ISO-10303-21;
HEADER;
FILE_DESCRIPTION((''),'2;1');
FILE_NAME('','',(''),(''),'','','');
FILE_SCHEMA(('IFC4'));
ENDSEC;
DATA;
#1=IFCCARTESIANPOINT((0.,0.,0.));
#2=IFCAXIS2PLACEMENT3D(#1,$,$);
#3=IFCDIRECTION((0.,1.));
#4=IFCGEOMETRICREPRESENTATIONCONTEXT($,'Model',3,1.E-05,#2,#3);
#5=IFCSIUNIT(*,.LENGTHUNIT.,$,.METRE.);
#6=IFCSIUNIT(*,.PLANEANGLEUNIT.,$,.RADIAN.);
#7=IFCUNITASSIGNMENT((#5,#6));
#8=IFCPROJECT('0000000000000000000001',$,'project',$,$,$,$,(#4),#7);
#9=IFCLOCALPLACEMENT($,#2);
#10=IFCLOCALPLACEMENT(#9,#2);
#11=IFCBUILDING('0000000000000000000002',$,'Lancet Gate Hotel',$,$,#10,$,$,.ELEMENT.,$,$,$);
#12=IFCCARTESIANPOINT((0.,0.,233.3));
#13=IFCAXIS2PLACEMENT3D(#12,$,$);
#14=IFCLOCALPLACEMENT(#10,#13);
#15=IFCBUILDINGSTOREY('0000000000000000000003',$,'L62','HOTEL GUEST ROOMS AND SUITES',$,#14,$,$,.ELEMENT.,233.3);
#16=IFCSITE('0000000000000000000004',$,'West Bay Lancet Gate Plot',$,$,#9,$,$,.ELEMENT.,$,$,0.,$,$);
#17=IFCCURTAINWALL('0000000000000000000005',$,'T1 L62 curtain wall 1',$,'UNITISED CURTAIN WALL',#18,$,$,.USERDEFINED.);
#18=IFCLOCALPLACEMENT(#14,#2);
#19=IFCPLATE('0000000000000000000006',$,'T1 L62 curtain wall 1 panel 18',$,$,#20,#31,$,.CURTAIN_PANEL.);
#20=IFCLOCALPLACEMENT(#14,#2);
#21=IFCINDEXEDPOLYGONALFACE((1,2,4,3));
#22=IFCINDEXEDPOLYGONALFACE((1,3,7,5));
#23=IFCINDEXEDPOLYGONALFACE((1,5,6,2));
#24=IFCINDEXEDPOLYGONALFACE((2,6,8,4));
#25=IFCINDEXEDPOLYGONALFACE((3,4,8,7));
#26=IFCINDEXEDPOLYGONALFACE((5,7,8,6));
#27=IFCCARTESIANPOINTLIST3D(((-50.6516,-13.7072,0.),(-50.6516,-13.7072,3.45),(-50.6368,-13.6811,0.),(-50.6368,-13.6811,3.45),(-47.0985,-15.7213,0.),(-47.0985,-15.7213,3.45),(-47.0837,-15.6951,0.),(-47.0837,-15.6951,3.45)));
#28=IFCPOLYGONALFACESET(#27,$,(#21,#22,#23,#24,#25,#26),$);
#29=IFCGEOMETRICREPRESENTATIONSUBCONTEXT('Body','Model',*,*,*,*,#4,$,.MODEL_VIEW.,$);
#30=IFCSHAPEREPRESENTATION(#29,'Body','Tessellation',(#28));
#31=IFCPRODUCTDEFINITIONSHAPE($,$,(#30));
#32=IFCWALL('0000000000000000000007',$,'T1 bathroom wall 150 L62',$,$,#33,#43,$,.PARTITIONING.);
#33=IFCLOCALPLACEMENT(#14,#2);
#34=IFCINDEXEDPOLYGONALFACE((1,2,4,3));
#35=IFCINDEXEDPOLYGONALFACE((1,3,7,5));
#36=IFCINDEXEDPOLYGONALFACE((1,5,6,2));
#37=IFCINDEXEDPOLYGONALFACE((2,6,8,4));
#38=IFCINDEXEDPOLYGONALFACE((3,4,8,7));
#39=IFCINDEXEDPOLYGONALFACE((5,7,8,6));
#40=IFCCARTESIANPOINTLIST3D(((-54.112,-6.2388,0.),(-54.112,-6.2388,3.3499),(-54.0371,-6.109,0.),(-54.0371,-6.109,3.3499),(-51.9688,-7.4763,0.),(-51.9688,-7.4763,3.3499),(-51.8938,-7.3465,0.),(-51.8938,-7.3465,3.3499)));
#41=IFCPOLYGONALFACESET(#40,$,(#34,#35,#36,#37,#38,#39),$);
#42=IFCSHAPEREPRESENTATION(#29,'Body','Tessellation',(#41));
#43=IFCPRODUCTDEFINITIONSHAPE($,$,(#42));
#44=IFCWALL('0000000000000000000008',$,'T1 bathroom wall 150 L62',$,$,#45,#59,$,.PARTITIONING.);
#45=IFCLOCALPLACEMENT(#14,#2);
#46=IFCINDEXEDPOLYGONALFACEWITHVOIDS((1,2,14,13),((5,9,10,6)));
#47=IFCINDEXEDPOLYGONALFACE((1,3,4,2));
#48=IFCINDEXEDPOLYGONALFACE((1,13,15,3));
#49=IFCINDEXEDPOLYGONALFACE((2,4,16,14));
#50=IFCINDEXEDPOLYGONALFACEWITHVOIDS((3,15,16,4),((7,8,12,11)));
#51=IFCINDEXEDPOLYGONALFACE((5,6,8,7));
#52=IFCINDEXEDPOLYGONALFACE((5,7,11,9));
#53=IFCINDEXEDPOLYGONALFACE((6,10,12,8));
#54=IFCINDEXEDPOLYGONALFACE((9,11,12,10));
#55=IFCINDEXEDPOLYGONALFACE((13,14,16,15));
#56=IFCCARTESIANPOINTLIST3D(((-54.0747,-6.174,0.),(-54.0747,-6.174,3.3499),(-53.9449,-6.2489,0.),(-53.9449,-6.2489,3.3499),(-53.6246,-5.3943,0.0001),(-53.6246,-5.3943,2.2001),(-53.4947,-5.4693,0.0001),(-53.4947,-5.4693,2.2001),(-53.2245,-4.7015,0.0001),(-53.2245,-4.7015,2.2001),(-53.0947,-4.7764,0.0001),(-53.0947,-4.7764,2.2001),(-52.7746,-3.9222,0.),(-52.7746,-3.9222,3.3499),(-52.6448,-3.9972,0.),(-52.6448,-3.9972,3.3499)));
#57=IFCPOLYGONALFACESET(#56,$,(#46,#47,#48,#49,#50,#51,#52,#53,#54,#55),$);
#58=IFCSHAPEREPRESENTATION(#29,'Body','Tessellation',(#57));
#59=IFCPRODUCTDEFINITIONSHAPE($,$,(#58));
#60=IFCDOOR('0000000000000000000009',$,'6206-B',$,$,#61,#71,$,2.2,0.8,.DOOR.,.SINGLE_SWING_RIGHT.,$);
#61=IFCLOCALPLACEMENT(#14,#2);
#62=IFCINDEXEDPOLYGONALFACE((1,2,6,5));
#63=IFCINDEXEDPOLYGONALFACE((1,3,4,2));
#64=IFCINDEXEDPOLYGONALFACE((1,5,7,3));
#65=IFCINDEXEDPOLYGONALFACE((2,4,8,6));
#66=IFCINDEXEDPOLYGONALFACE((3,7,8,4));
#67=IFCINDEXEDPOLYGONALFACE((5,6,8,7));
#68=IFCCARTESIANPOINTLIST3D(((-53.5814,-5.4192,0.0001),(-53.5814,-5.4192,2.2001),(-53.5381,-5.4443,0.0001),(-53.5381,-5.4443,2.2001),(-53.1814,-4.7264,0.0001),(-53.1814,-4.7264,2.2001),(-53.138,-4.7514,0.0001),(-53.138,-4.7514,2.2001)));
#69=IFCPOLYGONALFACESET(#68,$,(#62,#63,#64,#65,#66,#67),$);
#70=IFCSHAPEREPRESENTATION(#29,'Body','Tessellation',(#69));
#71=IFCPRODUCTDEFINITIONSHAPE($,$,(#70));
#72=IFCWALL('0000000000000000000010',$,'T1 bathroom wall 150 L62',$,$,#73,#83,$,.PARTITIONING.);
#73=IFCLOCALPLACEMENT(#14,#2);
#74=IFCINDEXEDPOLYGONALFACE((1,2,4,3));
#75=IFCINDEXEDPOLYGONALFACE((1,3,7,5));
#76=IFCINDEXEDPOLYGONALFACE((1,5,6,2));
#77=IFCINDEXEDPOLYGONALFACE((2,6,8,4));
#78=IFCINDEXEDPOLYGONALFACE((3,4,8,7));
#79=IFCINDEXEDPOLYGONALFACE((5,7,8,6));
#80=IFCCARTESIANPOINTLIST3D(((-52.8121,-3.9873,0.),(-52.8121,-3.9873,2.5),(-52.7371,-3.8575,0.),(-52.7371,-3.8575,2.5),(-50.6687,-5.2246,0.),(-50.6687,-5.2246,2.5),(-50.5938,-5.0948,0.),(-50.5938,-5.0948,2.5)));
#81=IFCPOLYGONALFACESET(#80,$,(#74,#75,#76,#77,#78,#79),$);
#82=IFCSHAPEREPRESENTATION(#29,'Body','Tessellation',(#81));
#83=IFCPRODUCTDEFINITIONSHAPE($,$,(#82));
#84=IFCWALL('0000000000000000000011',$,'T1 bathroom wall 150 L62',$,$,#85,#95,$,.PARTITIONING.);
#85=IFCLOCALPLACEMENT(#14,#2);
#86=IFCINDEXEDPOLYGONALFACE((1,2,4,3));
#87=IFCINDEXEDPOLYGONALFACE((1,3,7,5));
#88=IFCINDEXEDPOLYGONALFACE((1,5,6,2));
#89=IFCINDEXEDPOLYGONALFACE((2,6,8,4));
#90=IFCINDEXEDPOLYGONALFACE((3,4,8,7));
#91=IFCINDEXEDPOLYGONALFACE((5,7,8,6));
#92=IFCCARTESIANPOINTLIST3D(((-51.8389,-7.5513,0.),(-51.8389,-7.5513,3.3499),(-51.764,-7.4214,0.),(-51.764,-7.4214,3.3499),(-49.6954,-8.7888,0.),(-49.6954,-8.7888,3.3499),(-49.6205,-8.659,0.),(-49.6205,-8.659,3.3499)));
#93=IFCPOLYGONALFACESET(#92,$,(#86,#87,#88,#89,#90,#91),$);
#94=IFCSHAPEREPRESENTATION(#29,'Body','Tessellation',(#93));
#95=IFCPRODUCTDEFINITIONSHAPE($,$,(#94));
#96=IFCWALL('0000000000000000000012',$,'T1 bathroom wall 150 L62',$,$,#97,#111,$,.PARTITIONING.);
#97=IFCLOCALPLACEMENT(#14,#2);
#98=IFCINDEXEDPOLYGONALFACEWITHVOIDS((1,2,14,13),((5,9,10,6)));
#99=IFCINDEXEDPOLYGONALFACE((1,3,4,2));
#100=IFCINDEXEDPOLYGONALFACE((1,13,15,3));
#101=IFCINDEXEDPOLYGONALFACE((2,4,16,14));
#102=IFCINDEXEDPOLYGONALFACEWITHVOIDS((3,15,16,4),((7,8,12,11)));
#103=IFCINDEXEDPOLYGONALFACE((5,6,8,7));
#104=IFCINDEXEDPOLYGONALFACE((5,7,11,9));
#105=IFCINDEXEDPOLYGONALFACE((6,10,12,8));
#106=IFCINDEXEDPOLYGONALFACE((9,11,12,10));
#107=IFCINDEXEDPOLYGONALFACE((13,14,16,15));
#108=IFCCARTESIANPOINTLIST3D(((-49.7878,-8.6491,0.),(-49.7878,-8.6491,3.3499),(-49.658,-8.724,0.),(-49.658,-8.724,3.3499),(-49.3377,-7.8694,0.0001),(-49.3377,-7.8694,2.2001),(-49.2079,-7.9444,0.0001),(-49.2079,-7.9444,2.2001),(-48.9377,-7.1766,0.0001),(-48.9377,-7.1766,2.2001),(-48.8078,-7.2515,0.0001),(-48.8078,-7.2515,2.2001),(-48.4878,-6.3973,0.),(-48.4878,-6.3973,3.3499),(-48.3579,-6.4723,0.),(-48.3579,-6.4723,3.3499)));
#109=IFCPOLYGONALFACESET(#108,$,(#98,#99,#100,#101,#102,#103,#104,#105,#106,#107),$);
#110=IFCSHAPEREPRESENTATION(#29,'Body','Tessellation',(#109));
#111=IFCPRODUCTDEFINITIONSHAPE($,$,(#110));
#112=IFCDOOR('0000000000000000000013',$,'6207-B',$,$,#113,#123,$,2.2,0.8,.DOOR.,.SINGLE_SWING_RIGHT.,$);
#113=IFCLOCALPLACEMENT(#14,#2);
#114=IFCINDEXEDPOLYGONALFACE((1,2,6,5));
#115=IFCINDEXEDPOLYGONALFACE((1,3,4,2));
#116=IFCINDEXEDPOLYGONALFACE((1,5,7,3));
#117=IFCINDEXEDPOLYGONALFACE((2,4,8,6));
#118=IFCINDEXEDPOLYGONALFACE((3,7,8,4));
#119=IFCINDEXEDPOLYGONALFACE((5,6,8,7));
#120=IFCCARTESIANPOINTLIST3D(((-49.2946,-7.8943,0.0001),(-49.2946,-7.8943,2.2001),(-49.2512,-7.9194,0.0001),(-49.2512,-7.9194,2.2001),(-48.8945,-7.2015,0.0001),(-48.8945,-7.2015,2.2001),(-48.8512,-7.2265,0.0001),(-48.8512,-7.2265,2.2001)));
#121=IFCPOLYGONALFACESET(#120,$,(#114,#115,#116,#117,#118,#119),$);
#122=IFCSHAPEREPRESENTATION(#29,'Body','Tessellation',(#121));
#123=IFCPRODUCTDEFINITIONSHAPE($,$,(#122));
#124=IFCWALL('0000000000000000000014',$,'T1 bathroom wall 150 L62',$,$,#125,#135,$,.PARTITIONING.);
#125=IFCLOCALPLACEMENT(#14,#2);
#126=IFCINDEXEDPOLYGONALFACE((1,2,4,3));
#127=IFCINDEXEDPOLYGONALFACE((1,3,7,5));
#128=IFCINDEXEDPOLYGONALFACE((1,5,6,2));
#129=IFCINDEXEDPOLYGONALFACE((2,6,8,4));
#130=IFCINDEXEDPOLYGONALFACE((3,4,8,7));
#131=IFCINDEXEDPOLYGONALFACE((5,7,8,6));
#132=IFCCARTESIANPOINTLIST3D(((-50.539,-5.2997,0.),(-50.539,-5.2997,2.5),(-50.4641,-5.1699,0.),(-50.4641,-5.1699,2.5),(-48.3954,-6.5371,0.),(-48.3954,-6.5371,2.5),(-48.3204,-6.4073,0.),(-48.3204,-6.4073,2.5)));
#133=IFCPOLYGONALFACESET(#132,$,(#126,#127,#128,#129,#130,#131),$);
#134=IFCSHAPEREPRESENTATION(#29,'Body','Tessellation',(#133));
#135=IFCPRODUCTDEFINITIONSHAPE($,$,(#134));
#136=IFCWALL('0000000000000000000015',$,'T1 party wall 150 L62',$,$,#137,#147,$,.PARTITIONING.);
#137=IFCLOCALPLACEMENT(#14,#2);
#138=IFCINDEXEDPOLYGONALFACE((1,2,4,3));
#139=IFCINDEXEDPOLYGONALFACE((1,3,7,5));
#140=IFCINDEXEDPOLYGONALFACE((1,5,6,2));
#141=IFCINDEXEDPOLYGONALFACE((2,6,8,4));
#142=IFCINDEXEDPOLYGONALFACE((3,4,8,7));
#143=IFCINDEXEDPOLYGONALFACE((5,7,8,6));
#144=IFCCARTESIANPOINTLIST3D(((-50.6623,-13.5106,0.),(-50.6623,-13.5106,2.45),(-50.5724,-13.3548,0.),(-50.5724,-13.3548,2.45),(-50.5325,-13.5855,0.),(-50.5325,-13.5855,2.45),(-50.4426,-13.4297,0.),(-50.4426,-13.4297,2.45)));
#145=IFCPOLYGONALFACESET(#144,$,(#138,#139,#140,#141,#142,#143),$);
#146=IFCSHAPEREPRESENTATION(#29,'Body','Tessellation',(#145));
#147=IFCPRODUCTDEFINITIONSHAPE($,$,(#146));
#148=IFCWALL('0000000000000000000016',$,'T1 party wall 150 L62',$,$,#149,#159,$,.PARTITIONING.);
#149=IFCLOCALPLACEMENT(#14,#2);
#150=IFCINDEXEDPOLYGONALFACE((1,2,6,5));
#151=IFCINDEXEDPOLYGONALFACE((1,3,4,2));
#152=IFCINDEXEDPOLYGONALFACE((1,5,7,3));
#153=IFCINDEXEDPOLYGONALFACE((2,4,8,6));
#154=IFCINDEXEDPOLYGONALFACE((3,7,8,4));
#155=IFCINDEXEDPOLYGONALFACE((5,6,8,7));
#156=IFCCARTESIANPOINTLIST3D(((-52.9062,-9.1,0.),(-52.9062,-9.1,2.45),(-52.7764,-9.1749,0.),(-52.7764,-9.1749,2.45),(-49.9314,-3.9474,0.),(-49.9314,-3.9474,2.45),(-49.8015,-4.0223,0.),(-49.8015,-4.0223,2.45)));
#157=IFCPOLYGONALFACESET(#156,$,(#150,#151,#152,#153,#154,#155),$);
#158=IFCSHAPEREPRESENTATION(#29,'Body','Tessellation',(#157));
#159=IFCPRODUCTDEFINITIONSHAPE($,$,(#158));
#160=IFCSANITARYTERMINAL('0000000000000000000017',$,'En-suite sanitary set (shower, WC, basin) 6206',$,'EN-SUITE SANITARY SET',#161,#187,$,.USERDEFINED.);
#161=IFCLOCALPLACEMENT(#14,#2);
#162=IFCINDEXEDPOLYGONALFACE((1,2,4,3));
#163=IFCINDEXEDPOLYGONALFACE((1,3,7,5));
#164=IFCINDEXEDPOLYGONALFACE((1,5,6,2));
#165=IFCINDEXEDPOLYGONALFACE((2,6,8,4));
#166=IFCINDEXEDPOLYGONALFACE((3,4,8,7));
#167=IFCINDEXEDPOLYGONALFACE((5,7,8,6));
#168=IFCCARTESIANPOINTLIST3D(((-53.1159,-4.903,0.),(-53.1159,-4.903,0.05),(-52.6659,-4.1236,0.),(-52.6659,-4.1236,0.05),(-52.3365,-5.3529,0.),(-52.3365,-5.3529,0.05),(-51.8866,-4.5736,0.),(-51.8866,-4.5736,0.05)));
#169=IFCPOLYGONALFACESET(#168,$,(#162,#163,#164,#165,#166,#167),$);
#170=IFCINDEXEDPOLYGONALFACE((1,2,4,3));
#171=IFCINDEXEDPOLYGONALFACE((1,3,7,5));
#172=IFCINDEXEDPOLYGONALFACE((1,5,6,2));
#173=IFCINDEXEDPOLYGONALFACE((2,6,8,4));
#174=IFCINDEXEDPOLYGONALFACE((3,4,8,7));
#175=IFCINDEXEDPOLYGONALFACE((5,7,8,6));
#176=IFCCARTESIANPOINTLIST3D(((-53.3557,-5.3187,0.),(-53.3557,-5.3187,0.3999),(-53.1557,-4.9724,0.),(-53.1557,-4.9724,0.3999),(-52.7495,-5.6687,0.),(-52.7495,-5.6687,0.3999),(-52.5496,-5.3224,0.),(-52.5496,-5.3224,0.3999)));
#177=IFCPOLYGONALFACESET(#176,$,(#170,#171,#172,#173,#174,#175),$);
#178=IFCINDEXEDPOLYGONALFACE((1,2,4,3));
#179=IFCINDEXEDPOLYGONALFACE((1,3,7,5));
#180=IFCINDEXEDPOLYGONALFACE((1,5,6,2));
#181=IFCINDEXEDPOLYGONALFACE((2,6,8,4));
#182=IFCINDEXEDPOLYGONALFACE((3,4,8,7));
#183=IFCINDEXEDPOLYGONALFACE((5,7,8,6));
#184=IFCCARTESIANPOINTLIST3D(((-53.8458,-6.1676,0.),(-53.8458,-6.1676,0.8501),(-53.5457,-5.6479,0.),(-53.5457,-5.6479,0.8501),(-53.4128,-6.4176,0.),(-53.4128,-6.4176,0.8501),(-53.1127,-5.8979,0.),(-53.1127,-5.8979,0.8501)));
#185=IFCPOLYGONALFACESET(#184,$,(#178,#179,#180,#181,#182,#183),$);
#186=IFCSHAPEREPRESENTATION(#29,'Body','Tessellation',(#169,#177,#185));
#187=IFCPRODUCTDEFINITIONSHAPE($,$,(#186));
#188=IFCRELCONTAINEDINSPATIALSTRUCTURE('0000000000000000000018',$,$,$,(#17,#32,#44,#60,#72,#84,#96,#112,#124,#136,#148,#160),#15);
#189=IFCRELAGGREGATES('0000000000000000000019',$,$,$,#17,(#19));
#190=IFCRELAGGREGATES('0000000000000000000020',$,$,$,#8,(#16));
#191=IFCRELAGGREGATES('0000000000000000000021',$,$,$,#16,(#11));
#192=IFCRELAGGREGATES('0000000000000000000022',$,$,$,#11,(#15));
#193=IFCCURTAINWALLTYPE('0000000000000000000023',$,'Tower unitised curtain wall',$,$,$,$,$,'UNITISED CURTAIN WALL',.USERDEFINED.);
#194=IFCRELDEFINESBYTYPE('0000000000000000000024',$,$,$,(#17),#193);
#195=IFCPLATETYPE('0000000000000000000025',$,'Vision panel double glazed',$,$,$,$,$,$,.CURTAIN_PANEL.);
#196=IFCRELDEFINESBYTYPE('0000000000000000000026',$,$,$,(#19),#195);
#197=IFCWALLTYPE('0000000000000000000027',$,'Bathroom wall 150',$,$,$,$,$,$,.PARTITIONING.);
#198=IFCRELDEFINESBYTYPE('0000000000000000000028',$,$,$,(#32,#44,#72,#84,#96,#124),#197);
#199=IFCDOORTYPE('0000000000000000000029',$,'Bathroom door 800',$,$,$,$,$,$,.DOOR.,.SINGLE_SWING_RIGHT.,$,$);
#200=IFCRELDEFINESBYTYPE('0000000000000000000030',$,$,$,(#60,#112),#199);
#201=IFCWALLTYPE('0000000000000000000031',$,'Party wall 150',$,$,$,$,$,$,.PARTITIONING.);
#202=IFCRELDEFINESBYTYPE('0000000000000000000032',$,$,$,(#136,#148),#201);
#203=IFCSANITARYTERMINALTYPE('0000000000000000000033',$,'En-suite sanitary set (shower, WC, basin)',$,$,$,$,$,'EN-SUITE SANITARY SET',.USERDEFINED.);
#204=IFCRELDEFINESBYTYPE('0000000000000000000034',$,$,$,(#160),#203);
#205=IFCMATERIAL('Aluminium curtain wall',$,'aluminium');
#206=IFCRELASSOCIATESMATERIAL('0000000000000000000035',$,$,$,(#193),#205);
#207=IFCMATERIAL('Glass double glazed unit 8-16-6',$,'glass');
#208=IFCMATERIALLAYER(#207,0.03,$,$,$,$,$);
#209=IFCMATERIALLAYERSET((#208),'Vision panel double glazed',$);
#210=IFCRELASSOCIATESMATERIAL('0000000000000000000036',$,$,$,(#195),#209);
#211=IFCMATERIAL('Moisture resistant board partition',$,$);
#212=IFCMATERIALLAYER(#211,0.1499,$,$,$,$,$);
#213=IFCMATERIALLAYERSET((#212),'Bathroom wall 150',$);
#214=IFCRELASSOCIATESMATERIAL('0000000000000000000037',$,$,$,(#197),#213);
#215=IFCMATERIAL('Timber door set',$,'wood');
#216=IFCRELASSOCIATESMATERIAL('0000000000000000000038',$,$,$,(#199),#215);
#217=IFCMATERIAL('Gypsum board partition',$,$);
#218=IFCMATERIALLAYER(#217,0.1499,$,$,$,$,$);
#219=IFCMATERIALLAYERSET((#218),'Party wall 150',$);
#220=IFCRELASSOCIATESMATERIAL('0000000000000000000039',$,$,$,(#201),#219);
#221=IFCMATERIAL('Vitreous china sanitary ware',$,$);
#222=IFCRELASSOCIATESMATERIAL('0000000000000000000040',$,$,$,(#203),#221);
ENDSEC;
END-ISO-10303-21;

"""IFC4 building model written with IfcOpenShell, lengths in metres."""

from ifc_helpers import new_model, si_unit, direction, frame, frame_2d, origin, origin_2d, place, context, subcontext, project, spatial, rectangle, extrude, material, layer, layer_set, type_object, element, fill, aggregate, save


model = new_model("IFC4")

# Units and contexts
model_context = context("Model", 3, precision=1e-05, world=origin(), true_north=direction((0.0, 1.0)))
body_context = subcontext(model_context, "Body", "Model", "MODEL_VIEW")
ifc_project = project(units=[si_unit("LENGTHUNIT", "METRE"), si_unit("PLANEANGLEUNIT", "RADIAN")], contexts=[model_context])

# Site, building, storey
site_placement = place(None, origin())
site = spatial("IfcSite", under=ifc_project, at=site_placement, Name="West Bay Lancet Gate Plot", CompositionType="ELEMENT", RefElevation=0.0)
building_placement = place(site_placement, origin())
building = spatial("IfcBuilding", under=site, at=building_placement, Name="Lancet Gate Hotel", CompositionType="ELEMENT")
storey_placement = place(building_placement, frame((0.0, 0.0, 233.3)))
storey = spatial("IfcBuildingStorey", under=building, at=storey_placement, Name="L62", Description="HOTEL GUEST ROOMS AND SUITES", CompositionType="ELEMENT", Elevation=233.3)

# Curtain wall
ifc_material_1 = material(Name="Aluminium curtain wall", Category="aluminium")
curtain_wall_type = type_object("IfcCurtainWallType", Name="Tower unitised curtain wall", ElementType="UNITISED CURTAIN WALL", PredefinedType="USERDEFINED", material=ifc_material_1)
curtain_wall_placement = place(storey_placement, origin())
curtain_wall = element("IfcCurtainWall", 1, at=curtain_wall_placement, inside=storey, type_object=curtain_wall_type, Name="T1 L62 curtain wall 1", ObjectType="UNITISED CURTAIN WALL", PredefinedType="USERDEFINED")

# Plate
ifc_material_2 = material(Name="Glass double glazed unit 8-16-6", Category="glass")
ifc_layer_1 = layer(ifc_material_2, 0.03)
ifc_layer_set_1 = layer_set([ifc_layer_1], Name="Vision panel double glazed")
plate_type = type_object("IfcPlateType", Name="Vision panel double glazed", PredefinedType="CURTAIN_PANEL", material=ifc_layer_set_1)
plate_1_placement = place(storey_placement, frame((-48.8677, -14.7012, 0.0), z_axis=(0.0, 0.0, 1.0), x_axis=(0.869958, -0.493126, 0.0)))
plate_1 = element("IfcPlate", 2, at=plate_1_placement, type_object=plate_type, Name="T1 L62 curtain wall 1 panel 18", PredefinedType="CURTAIN_PANEL", context=body_context, shape_type="SweptSolid", body=[
    extrude(rectangle(XDim=4.0842, YDim=0.03, at=origin_2d()), origin(), (0.0, 0.0, 1.0), 3.45),
])
aggregate(curtain_wall, [plate_1])

# Wall
ifc_material_3 = material(Name="Moisture resistant board partition")
ifc_layer_2 = layer(ifc_material_3, 0.1499)
ifc_layer_set_2 = layer_set([ifc_layer_2], Name="Bathroom wall 150")
wall_type_1 = type_object("IfcWallType", Name="Bathroom wall 150", PredefinedType="PARTITIONING", material=ifc_layer_set_2)
wall_1_placement = place(storey_placement, frame((-51.9314, -7.4114, 0.0), z_axis=(0.0, 0.0, 1.0), x_axis=(-0.866007, 0.500033, 0.0)))
element("IfcWall", 3, at=wall_1_placement, inside=storey, type_object=wall_type_1, Name="T1 bathroom wall 150 L62", PredefinedType="PARTITIONING", context=body_context, shape_type="SweptSolid", body=[
    extrude(rectangle(XDim=2.4749, YDim=0.1499, at=frame_2d((1.2373, 0.0))), origin(), (0.0, 0.0, 1.0), 3.3499),
])

# Wall, opening, door
wall_2_placement = place(storey_placement, frame((-52.7097, -3.9597, 0.0), z_axis=(0.0, 0.0, 1.0), x_axis=(-0.500007, -0.866021, 0.0)))
wall_2 = element("IfcWall", 4, at=wall_2_placement, inside=storey, type_object=wall_type_1, Name="T1 bathroom wall 150 L62", PredefinedType="PARTITIONING", context=body_context, shape_type="SweptSolid", body=[
    extrude(rectangle(XDim=2.6001, YDim=0.1499, at=frame_2d((1.3, 0.0))), origin(), (0.0, 0.0, 1.0), 3.3499),
])
opening_1_placement = place(wall_2_placement, frame((0.8999, 0.0, 0.0)))
opening_1 = element("IfcOpeningElement", 5, at=opening_1_placement, cuts=wall_2, PredefinedType="OPENING", context=body_context, shape_type="SweptSolid", body=[
    extrude(rectangle(XDim=0.8, YDim=2.2, at=frame_2d((0.3999, 1.1001))), frame((0.0, 0.085, 0.0), z_axis=(0.0, -1.0, 0.0), x_axis=(1.0, 0.0, 0.0)), (0.0, 0.0, 1.0), 0.1699),
])
ifc_material_4 = material(Name="Timber door set", Category="wood")
door_type = type_object("IfcDoorType", Name="Bathroom door 800", OperationType="SINGLE_SWING_RIGHT", PredefinedType="DOOR", material=ifc_material_4)
door_1_placement = place(opening_1_placement, origin())
door_1 = element("IfcDoor", 6, at=door_1_placement, inside=storey, type_object=door_type, Name="6206-B", OperationType="SINGLE_SWING_RIGHT", OverallHeight=2.2, OverallWidth=0.8, PredefinedType="DOOR", context=body_context, shape_type="SweptSolid", body=[
    extrude(rectangle(XDim=0.8, YDim=2.2, at=frame_2d((0.3999, 1.1001))), frame((0.0, 0.0249, 0.0), z_axis=(0.0, -1.0, 0.0), x_axis=(1.0, 0.0, 0.0)), (0.0, 0.0, 1.0), 0.05),
])
fill(opening_1, door_1)

# Walls
wall_3_placement = place(storey_placement, frame((-50.6313, -5.1597, 0.0), z_axis=(0.0, 0.0, 1.0), x_axis=(-0.866049, 0.499959, 0.0)))
element("IfcWall", 7, at=wall_3_placement, inside=storey, type_object=wall_type_1, Name="T1 bathroom wall 150 L62", PredefinedType="PARTITIONING", context=body_context, shape_type="SweptSolid", body=[
    extrude(rectangle(XDim=2.4749, YDim=0.1499, at=frame_2d((1.2373, 0.0))), origin(), (0.0, 0.0, 1.0), 2.5),
])
wall_4_placement = place(storey_placement, frame((-49.658, -8.7239, 0.0), z_axis=(0.0, 0.0, 1.0), x_axis=(-0.866031, 0.49999, 0.0)))
element("IfcWall", 8, at=wall_4_placement, inside=storey, type_object=wall_type_1, Name="T1 bathroom wall 150 L62", PredefinedType="PARTITIONING", context=body_context, shape_type="SweptSolid", body=[
    extrude(rectangle(XDim=2.4751, YDim=0.1499, at=frame_2d((1.2375, 0.0))), origin(), (0.0, 0.0, 1.0), 3.3499),
])

# Wall, opening, door
wall_5_placement = place(storey_placement, frame((-48.4229, -6.4348, 0.0), z_axis=(0.0, 0.0, 1.0), x_axis=(-0.500007, -0.866021, 0.0)))
wall_5 = element("IfcWall", 9, at=wall_5_placement, inside=storey, type_object=wall_type_1, Name="T1 bathroom wall 150 L62", PredefinedType="PARTITIONING", context=body_context, shape_type="SweptSolid", body=[
    extrude(rectangle(XDim=2.6001, YDim=0.1499, at=frame_2d((1.3, 0.0))), origin(), (0.0, 0.0, 1.0), 3.3499),
])
opening_2_placement = place(wall_5_placement, frame((0.8999, 0.0, 0.0)))
opening_2 = element("IfcOpeningElement", 10, at=opening_2_placement, cuts=wall_5, PredefinedType="OPENING", context=body_context, shape_type="SweptSolid", body=[
    extrude(rectangle(XDim=0.8, YDim=2.2, at=frame_2d((0.3999, 1.1001))), frame((0.0, 0.085, 0.0), z_axis=(0.0, -1.0, 0.0), x_axis=(1.0, 0.0, 0.0)), (0.0, 0.0, 1.0), 0.1699),
])
door_2_placement = place(opening_2_placement, origin())
door_2 = element("IfcDoor", 11, at=door_2_placement, inside=storey, type_object=door_type, Name="6207-B", OperationType="SINGLE_SWING_RIGHT", OverallHeight=2.2, OverallWidth=0.8, PredefinedType="DOOR", context=body_context, shape_type="SweptSolid", body=[
    extrude(rectangle(XDim=0.8, YDim=2.2, at=frame_2d((0.3999, 1.1001))), frame((0.0, 0.0249, 0.0), z_axis=(0.0, -1.0, 0.0), x_axis=(1.0, 0.0, 0.0)), (0.0, 0.0, 1.0), 0.05),
])
fill(opening_2, door_2)

# Walls
wall_6_placement = place(storey_placement, frame((-48.3579, -6.4722, 0.0), z_axis=(0.0, 0.0, 1.0), x_axis=(-0.866074, 0.499916, 0.0)))
element("IfcWall", 12, at=wall_6_placement, inside=storey, type_object=wall_type_1, Name="T1 bathroom wall 150 L62", PredefinedType="PARTITIONING", context=body_context, shape_type="SweptSolid", body=[
    extrude(rectangle(XDim=2.4751, YDim=0.1499, at=frame_2d((1.2375, 0.0))), origin(), (0.0, 0.0, 1.0), 2.5),
])
ifc_material_5 = material(Name="Gypsum board partition")
ifc_layer_3 = layer(ifc_material_5, 0.1499)
ifc_layer_set_3 = layer_set([ifc_layer_3], Name="Party wall 150")
wall_type_2 = type_object("IfcWallType", Name="Party wall 150", PredefinedType="PARTITIONING", material=ifc_layer_set_3)
wall_7_placement = place(storey_placement, frame((-50.5076, -13.3923, 0.0), z_axis=(0.0, 0.0, 1.0), x_axis=(-0.499644, -0.866231, 0.0)))
element("IfcWall", 13, at=wall_7_placement, inside=storey, type_object=wall_type_2, Name="T1 party wall 150 L62", PredefinedType="PARTITIONING", context=body_context, shape_type="SweptSolid", body=[
    extrude(rectangle(XDim=0.1799, YDim=0.1499, at=frame_2d((0.0898, 0.0))), origin(), (0.0, 0.0, 1.0), 2.45),
])
wall_8_placement = place(storey_placement, frame((-49.8665, -3.9849, 0.0), z_axis=(0.0, 0.0, 1.0), x_axis=(-0.500001, -0.866025, 0.0)))
element("IfcWall", 14, at=wall_8_placement, inside=storey, type_object=wall_type_2, Name="T1 party wall 150 L62", PredefinedType="PARTITIONING", context=body_context, shape_type="SweptSolid", body=[
    extrude(rectangle(XDim=5.9497, YDim=0.1499, at=frame_2d((2.9749, 0.0))), origin(), (0.0, 0.0, 1.0), 2.45),
])

# Sanitary terminal
ifc_material_6 = material(Name="Vitreous china sanitary ware")
sanitary_terminal_type = type_object("IfcSanitaryTerminalType", Name="En-suite sanitary set (shower, WC, basin)", ElementType="EN-SUITE SANITARY SET", PredefinedType="USERDEFINED", material=ifc_material_6)
sanitary_terminal_1_placement = place(storey_placement, frame((-52.5012, -4.7383, 0.0), z_axis=(0.0, 0.0, 1.0), x_axis=(1.0, 0.0, 0.0)))
element("IfcSanitaryTerminal", 15, at=sanitary_terminal_1_placement, inside=storey, type_object=sanitary_terminal_type, Name="En-suite sanitary set (shower, WC, basin) 6206", ObjectType="EN-SUITE SANITARY SET", PredefinedType="USERDEFINED", context=body_context, shape_type="SweptSolid", body=[
    extrude(rectangle(XDim=0.8999, YDim=0.8999, at=origin_2d()), frame((0.0, 0.0, 0.0), z_axis=(0.0, 0.0, 1.0), x_axis=(0.5, 0.866025, 0.0)), (0.0, 0.0, 1.0), 0.05),
    extrude(rectangle(XDim=0.3999, YDim=0.7, at=origin_2d()), frame((-0.4514, -0.5823, 0.0), z_axis=(0.0, 0.0, 1.0), x_axis=(0.5, 0.866025, 0.0)), (0.0, 0.0, 1.0), 0.3999),
    extrude(rectangle(XDim=0.6001, YDim=0.5, at=origin_2d()), frame((-0.978, -1.2944, 0.0), z_axis=(0.0, 0.0, 1.0), x_axis=(0.5, 0.866025, 0.0)), (0.0, 0.0, 1.0), 0.8501),
])

save(model, "model.ifc")
